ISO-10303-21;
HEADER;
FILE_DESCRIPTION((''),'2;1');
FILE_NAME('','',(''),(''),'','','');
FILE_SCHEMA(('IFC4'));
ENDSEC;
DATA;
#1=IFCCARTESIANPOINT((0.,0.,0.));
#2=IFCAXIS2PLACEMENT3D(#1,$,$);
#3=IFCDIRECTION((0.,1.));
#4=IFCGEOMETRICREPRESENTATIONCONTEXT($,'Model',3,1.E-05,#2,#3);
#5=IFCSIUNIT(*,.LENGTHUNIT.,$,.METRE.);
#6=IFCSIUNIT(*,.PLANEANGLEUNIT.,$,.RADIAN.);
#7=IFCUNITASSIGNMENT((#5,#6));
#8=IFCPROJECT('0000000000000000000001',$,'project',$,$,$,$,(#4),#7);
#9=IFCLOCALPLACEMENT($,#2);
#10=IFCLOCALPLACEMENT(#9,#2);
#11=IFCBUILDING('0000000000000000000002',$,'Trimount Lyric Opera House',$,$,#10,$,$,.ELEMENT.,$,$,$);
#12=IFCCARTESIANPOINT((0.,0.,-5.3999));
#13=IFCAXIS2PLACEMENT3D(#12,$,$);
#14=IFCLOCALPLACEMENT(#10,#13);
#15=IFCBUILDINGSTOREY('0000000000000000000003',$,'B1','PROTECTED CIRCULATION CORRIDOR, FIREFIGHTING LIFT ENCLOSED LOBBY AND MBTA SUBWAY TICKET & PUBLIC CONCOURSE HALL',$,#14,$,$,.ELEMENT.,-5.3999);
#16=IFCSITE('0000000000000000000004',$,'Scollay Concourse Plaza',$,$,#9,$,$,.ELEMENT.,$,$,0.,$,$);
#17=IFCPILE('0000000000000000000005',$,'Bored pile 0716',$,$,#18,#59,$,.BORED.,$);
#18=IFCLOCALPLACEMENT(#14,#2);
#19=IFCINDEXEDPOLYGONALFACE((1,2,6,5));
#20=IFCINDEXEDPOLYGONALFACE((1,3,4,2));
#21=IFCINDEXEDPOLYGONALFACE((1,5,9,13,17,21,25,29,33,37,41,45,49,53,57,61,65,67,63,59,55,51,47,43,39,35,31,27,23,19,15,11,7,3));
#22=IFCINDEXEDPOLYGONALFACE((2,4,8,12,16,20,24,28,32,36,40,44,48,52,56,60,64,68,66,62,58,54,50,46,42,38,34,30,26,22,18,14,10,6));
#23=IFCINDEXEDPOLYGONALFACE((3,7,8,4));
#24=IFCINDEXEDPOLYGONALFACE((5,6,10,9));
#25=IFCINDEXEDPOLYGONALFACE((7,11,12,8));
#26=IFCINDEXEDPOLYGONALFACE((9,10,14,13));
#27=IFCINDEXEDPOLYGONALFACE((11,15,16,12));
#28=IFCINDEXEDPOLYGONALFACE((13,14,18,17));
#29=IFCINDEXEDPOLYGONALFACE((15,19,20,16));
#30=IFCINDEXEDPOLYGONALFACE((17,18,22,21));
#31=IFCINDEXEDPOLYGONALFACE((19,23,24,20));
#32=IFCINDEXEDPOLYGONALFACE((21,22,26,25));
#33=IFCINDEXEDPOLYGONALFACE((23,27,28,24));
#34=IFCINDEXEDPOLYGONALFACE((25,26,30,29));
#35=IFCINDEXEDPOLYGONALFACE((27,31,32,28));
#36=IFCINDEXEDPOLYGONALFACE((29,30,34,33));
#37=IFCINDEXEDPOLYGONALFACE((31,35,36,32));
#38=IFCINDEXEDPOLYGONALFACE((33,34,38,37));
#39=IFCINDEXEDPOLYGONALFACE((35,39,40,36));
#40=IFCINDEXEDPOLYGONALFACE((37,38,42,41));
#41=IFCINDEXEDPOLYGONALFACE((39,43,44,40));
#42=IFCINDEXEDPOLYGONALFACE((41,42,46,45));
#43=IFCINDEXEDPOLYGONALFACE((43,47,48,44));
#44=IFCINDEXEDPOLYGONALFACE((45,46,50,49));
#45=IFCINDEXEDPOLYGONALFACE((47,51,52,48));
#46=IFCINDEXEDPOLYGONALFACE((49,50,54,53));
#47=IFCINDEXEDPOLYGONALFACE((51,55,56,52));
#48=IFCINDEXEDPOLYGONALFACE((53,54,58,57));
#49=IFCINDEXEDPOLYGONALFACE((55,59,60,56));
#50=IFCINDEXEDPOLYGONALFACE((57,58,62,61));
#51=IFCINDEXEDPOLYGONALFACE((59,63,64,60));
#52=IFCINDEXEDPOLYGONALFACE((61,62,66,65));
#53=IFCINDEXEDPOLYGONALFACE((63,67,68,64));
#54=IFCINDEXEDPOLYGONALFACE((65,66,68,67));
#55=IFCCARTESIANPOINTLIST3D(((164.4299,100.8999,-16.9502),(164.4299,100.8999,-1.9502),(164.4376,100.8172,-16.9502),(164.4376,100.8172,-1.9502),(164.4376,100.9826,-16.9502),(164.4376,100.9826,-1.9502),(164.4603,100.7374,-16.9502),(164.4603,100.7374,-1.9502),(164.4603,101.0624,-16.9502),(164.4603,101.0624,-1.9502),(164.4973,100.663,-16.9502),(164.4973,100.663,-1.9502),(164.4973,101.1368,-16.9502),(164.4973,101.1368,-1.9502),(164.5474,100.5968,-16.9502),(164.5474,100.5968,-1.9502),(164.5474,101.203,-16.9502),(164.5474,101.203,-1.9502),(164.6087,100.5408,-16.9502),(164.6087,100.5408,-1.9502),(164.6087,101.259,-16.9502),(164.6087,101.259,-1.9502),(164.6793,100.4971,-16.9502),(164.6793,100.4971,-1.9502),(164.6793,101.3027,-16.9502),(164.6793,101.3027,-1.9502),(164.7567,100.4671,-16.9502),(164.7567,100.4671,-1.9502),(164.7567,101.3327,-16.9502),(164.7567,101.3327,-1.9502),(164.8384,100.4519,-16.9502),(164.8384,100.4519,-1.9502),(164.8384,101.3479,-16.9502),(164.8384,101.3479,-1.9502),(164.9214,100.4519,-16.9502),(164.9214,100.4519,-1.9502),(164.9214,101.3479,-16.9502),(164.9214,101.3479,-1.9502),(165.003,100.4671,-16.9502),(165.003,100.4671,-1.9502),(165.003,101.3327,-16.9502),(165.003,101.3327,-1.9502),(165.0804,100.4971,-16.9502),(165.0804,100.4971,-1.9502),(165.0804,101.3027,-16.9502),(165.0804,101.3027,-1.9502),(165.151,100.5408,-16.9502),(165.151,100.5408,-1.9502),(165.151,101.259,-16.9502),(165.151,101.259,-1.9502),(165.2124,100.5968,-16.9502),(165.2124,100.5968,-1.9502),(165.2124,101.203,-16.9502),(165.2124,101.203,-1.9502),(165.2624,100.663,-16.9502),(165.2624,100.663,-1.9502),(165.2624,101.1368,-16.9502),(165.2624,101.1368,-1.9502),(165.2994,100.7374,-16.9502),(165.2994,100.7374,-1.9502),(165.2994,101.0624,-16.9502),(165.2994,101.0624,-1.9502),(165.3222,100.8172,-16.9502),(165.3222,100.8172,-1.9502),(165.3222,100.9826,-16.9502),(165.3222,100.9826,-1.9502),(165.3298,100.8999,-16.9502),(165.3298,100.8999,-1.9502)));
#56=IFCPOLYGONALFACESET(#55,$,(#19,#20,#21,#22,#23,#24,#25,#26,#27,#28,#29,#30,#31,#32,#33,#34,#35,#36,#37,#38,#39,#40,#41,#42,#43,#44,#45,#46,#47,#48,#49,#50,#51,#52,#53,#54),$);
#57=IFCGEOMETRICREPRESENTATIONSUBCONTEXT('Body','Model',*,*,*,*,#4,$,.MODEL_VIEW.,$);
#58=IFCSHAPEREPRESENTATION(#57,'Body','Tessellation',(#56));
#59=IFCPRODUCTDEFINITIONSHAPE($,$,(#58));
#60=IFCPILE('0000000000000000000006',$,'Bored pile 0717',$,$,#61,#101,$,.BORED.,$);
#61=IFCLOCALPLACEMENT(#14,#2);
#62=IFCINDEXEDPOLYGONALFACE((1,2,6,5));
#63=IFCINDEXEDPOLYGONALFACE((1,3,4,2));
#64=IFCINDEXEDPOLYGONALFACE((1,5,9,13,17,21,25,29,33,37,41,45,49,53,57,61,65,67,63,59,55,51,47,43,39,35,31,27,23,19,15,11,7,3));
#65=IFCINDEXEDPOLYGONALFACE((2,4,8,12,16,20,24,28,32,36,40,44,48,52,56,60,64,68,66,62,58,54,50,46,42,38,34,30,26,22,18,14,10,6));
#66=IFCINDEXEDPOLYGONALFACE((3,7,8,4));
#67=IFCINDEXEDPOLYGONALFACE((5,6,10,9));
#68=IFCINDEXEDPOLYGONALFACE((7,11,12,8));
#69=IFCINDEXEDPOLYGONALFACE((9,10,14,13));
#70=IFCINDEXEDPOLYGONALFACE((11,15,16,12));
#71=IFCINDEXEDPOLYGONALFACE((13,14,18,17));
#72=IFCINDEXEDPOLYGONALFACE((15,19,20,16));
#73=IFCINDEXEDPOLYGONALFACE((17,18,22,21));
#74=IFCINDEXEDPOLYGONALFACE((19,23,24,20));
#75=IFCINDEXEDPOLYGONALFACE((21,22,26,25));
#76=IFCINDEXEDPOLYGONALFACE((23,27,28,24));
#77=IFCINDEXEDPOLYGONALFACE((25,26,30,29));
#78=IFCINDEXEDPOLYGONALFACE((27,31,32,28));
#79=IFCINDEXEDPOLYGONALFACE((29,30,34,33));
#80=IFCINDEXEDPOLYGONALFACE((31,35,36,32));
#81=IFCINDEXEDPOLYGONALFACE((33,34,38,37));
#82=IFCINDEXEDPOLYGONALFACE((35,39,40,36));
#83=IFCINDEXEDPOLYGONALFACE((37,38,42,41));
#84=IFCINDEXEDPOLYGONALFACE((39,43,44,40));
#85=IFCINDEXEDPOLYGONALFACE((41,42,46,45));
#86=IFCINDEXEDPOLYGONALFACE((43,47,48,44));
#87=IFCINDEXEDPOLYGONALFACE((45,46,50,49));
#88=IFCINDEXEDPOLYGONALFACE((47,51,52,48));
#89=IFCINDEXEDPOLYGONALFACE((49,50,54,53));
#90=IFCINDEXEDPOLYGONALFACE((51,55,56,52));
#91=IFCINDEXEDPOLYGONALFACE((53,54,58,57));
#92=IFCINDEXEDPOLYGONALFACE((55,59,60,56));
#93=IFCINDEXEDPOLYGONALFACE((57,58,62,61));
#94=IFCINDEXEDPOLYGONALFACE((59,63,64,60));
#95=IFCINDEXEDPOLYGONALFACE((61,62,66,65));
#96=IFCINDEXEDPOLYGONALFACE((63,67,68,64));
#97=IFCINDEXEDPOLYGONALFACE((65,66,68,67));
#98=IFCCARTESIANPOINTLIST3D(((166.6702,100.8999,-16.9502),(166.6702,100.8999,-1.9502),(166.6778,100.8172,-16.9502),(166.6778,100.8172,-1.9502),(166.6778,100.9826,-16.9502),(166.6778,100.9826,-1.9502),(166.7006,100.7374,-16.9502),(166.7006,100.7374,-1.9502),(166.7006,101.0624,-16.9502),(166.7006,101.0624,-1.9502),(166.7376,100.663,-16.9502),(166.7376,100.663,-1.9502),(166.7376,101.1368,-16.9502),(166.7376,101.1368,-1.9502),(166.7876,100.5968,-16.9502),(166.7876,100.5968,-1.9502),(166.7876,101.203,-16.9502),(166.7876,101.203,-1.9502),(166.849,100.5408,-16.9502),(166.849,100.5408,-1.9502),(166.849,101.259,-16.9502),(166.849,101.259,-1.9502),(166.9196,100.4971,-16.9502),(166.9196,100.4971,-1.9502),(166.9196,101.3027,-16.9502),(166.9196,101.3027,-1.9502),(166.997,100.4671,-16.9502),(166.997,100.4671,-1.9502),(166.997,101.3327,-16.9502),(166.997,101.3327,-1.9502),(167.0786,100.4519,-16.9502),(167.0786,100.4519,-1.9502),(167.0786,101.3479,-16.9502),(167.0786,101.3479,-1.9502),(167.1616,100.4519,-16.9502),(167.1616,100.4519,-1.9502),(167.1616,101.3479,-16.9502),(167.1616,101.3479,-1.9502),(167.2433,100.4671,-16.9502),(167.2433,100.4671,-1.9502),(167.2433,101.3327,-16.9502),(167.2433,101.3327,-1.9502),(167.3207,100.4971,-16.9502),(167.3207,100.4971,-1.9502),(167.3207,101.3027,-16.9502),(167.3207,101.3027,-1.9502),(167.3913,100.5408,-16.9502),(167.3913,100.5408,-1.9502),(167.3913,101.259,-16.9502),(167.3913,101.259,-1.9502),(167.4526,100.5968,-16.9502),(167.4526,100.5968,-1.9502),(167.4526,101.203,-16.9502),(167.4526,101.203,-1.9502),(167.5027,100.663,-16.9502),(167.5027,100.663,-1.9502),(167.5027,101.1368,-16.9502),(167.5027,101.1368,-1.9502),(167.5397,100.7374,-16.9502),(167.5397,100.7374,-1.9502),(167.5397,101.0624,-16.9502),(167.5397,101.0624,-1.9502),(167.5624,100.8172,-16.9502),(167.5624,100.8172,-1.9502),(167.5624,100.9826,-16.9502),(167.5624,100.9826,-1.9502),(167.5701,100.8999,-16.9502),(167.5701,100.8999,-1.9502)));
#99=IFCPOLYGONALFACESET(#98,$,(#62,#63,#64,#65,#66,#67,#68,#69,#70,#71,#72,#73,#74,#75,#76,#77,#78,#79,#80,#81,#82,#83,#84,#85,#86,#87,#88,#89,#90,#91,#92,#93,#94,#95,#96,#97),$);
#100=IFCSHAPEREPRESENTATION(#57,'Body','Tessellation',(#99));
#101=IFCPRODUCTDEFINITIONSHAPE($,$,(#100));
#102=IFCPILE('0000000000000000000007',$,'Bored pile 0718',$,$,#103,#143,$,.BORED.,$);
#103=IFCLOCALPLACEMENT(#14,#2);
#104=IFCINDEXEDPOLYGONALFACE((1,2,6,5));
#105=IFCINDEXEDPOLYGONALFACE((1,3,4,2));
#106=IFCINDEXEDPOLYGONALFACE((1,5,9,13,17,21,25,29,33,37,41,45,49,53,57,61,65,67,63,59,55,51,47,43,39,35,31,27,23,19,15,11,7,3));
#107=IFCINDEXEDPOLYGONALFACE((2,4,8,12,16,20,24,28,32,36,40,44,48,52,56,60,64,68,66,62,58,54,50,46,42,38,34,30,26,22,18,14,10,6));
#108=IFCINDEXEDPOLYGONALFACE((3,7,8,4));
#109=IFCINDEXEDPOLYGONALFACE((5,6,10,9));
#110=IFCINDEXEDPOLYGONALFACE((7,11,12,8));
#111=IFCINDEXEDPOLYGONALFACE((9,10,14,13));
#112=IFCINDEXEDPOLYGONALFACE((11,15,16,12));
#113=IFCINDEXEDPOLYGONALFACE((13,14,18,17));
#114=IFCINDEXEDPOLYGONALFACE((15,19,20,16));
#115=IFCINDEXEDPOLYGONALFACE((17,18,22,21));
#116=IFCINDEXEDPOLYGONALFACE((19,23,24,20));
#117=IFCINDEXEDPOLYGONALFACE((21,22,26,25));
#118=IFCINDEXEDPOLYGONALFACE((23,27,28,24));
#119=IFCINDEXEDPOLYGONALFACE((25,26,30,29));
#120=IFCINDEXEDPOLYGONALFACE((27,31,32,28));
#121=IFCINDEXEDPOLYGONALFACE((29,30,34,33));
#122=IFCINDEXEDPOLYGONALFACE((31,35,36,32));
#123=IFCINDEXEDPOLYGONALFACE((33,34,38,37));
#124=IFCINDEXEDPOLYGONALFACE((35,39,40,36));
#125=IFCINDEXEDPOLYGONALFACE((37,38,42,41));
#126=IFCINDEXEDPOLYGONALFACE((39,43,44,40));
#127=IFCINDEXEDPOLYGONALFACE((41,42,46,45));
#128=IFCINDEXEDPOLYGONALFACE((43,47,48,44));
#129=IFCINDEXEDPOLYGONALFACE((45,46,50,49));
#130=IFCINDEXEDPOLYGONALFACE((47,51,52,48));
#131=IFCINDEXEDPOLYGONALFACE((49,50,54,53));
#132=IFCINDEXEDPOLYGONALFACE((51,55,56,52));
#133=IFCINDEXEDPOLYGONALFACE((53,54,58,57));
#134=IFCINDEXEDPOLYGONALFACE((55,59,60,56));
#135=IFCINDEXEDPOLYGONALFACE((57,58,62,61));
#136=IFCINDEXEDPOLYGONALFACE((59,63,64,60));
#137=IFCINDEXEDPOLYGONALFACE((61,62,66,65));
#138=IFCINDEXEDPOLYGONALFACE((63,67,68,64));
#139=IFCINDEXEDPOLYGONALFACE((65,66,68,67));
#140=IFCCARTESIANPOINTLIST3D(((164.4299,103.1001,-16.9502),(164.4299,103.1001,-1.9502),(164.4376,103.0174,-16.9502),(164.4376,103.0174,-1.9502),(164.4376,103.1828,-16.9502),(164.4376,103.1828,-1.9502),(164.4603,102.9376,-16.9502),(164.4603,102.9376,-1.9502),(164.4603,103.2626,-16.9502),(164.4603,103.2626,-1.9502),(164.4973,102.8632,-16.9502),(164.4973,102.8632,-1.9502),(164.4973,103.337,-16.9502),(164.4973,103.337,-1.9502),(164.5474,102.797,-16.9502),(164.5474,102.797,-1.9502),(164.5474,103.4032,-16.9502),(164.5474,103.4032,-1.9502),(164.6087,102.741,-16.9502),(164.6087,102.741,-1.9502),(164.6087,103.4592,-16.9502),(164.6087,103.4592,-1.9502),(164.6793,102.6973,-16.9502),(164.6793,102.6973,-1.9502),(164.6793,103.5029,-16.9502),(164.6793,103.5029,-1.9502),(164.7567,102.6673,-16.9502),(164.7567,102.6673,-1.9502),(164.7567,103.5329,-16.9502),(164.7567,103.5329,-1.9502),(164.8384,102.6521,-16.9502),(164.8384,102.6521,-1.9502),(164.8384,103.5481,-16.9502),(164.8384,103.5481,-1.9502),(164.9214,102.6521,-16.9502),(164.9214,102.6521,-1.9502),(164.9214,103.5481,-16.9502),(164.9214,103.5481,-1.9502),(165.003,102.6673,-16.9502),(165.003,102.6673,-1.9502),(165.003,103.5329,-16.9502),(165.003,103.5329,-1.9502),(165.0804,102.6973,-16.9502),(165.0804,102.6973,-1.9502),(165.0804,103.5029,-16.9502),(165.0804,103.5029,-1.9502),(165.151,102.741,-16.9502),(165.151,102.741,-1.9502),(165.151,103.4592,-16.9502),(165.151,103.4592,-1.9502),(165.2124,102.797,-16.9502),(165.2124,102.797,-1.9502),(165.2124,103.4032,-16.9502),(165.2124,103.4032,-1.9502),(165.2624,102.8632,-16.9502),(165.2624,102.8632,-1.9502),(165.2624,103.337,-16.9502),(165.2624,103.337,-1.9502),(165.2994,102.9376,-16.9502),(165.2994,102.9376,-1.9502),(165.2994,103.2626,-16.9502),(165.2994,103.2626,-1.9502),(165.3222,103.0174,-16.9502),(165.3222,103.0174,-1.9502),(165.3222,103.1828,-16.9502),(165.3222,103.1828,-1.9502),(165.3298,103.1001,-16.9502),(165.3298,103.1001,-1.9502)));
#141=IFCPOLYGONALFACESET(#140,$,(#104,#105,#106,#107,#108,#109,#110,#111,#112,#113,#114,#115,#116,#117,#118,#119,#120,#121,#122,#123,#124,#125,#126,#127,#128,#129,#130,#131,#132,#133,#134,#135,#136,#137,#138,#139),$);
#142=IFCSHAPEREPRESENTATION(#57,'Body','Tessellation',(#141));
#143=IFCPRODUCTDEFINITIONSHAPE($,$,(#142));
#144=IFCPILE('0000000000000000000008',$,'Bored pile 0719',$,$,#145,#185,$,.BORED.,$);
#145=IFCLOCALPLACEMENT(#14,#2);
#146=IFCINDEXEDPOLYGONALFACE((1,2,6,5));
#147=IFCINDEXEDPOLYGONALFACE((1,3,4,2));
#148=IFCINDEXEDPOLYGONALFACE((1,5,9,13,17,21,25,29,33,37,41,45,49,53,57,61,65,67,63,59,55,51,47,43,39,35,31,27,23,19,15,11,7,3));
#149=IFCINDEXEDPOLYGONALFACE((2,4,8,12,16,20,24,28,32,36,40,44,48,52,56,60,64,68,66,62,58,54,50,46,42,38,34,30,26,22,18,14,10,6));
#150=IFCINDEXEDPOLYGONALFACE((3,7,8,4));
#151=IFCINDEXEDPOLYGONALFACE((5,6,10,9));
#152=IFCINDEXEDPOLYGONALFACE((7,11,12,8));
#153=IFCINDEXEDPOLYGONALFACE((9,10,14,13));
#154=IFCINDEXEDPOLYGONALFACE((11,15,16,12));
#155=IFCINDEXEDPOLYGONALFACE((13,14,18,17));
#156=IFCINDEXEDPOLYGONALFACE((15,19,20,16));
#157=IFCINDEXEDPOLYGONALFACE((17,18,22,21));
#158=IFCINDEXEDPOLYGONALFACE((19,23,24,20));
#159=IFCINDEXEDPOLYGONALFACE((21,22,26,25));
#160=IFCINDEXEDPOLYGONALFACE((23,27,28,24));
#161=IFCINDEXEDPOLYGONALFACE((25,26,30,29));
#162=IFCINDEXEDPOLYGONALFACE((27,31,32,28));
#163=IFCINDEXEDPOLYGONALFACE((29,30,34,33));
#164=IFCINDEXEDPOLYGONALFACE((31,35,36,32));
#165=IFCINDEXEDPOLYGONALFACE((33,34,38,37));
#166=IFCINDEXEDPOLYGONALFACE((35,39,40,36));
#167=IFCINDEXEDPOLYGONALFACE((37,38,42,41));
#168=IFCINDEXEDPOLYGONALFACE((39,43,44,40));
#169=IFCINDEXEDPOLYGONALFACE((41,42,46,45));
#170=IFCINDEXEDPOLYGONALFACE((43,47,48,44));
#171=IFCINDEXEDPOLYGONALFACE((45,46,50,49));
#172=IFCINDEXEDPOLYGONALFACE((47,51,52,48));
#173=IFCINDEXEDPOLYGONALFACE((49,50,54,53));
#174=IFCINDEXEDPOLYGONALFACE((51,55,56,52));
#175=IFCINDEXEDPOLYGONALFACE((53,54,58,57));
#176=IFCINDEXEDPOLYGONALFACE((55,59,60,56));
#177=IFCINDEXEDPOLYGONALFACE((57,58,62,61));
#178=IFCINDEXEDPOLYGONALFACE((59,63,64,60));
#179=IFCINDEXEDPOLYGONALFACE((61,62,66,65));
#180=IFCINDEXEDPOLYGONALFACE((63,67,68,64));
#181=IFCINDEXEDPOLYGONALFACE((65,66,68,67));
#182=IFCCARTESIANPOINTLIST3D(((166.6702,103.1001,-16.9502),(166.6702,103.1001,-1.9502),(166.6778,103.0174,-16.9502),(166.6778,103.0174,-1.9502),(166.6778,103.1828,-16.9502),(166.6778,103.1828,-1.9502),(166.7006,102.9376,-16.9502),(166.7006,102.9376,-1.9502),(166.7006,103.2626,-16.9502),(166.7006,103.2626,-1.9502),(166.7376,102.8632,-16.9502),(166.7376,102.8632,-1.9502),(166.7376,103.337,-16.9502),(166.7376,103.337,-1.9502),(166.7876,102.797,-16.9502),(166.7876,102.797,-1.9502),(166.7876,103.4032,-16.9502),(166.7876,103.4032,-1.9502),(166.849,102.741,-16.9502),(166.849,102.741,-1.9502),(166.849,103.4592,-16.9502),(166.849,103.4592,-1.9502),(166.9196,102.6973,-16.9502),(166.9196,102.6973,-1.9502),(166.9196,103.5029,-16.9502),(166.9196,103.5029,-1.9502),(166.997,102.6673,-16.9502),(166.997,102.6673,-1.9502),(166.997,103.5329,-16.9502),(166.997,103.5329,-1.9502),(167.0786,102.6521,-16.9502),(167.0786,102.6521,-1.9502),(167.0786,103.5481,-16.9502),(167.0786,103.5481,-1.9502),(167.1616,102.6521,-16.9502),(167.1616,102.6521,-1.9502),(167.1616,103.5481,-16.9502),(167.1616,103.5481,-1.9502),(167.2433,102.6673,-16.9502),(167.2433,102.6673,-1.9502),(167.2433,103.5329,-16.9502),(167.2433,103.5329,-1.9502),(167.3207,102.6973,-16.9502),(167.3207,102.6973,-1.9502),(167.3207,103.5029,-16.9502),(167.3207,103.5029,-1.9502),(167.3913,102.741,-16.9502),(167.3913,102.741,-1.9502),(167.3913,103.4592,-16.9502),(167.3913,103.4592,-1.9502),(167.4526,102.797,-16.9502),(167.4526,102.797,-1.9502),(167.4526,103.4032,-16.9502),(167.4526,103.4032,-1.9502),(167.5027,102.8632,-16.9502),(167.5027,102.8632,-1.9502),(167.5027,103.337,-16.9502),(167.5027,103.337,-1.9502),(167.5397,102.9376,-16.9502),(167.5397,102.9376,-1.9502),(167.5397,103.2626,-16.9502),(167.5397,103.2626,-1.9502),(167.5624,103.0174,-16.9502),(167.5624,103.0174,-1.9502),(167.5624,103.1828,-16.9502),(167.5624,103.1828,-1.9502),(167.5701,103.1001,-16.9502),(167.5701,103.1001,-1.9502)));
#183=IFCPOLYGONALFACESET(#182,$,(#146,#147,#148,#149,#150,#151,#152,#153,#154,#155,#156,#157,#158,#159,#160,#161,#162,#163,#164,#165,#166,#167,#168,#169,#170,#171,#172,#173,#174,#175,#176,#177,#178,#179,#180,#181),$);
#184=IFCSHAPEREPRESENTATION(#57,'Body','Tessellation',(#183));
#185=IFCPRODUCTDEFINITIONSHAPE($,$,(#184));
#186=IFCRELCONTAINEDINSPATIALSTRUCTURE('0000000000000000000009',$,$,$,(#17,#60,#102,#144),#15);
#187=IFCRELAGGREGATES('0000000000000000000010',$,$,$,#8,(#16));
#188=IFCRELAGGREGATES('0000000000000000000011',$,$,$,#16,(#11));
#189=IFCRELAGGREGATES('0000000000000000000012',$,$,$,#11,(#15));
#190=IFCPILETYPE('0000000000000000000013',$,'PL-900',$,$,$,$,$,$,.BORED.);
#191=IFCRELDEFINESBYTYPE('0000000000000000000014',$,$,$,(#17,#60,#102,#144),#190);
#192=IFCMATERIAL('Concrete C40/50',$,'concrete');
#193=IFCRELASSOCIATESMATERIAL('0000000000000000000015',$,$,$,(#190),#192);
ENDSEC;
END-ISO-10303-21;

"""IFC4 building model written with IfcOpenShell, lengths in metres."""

from ifc_helpers import new_model, si_unit, direction, frame, origin, origin_2d, place, context, subcontext, project, spatial, circle, extrude, material, material_profile, profile_set, type_object, element, save


model = new_model("IFC4")

# Units and contexts
model_context = context("Model", 3, precision=1e-05, world=origin(), true_north=direction((0.0, 1.0)))
body_context = subcontext(model_context, "Body", "Model", "MODEL_VIEW")
ifc_project = project(units=[si_unit("LENGTHUNIT", "METRE"), si_unit("PLANEANGLEUNIT", "RADIAN")], contexts=[model_context])

# Site, building, storey
site_placement = place(None, origin())
site = spatial("IfcSite", under=ifc_project, at=site_placement, Name="Scollay Concourse Plaza", CompositionType="ELEMENT", RefElevation=0.0)
building_placement = place(site_placement, origin())
building = spatial("IfcBuilding", under=site, at=building_placement, Name="Trimount Lyric Opera House", CompositionType="ELEMENT")
storey_placement = place(building_placement, frame((0.0, 0.0, -5.3999)))
storey = spatial("IfcBuildingStorey", under=building, at=storey_placement, Name="B1", Description="PROTECTED CIRCULATION CORRIDOR, FIREFIGHTING LIFT ENCLOSED LOBBY AND MBTA SUBWAY TICKET & PUBLIC CONCOURSE HALL", CompositionType="ELEMENT", Elevation=-5.3999)

# Piles
ifc_material_1 = material(Name="Concrete C40/50", Category="concrete")
ifc_material_profile_1 = material_profile(ifc_material_1, circle(Radius=0.45, at=origin_2d()), Name="PILE-D900")
ifc_profile_set_1 = profile_set([ifc_material_profile_1], Name="Concrete C40/50")
pile_type_1 = type_object("IfcPileType", Name="PL-900", PredefinedType="BORED", material=ifc_profile_set_1)
for number, where, z_axis, x_axis, name in (
    (1, (164.8799, 100.8999, -1.9502), (0.0, 0.0, -1.0), (1.0, 0.0, 0.0), "Bored pile 0716"),
    (2, (167.1201, 100.8999, -1.9502), (0.0, 0.0, -1.0), (1.0, 0.0, 0.0), "Bored pile 0717"),
    (3, (164.8799, 103.1001, -1.9502), (0.0, 0.0, -1.0), (1.0, 0.0, 0.0), "Bored pile 0718"),
    (4, (167.1201, 103.1001, -1.9502), (0.0, 0.0, -1.0), (1.0, 0.0, 0.0), "Bored pile 0719"),
):
    element("IfcPile", number, at=place(storey_placement, frame(where, z_axis=z_axis, x_axis=x_axis)), inside=storey, type_object=pile_type_1, Name=name, PredefinedType="BORED", context=body_context, shape_type="SweptSolid", body=[
        extrude(circle(Radius=0.45, at=origin_2d()), origin(), (0.0, 0.0, 1.0), 15.0),
    ])

save(model, "model.ifc")
